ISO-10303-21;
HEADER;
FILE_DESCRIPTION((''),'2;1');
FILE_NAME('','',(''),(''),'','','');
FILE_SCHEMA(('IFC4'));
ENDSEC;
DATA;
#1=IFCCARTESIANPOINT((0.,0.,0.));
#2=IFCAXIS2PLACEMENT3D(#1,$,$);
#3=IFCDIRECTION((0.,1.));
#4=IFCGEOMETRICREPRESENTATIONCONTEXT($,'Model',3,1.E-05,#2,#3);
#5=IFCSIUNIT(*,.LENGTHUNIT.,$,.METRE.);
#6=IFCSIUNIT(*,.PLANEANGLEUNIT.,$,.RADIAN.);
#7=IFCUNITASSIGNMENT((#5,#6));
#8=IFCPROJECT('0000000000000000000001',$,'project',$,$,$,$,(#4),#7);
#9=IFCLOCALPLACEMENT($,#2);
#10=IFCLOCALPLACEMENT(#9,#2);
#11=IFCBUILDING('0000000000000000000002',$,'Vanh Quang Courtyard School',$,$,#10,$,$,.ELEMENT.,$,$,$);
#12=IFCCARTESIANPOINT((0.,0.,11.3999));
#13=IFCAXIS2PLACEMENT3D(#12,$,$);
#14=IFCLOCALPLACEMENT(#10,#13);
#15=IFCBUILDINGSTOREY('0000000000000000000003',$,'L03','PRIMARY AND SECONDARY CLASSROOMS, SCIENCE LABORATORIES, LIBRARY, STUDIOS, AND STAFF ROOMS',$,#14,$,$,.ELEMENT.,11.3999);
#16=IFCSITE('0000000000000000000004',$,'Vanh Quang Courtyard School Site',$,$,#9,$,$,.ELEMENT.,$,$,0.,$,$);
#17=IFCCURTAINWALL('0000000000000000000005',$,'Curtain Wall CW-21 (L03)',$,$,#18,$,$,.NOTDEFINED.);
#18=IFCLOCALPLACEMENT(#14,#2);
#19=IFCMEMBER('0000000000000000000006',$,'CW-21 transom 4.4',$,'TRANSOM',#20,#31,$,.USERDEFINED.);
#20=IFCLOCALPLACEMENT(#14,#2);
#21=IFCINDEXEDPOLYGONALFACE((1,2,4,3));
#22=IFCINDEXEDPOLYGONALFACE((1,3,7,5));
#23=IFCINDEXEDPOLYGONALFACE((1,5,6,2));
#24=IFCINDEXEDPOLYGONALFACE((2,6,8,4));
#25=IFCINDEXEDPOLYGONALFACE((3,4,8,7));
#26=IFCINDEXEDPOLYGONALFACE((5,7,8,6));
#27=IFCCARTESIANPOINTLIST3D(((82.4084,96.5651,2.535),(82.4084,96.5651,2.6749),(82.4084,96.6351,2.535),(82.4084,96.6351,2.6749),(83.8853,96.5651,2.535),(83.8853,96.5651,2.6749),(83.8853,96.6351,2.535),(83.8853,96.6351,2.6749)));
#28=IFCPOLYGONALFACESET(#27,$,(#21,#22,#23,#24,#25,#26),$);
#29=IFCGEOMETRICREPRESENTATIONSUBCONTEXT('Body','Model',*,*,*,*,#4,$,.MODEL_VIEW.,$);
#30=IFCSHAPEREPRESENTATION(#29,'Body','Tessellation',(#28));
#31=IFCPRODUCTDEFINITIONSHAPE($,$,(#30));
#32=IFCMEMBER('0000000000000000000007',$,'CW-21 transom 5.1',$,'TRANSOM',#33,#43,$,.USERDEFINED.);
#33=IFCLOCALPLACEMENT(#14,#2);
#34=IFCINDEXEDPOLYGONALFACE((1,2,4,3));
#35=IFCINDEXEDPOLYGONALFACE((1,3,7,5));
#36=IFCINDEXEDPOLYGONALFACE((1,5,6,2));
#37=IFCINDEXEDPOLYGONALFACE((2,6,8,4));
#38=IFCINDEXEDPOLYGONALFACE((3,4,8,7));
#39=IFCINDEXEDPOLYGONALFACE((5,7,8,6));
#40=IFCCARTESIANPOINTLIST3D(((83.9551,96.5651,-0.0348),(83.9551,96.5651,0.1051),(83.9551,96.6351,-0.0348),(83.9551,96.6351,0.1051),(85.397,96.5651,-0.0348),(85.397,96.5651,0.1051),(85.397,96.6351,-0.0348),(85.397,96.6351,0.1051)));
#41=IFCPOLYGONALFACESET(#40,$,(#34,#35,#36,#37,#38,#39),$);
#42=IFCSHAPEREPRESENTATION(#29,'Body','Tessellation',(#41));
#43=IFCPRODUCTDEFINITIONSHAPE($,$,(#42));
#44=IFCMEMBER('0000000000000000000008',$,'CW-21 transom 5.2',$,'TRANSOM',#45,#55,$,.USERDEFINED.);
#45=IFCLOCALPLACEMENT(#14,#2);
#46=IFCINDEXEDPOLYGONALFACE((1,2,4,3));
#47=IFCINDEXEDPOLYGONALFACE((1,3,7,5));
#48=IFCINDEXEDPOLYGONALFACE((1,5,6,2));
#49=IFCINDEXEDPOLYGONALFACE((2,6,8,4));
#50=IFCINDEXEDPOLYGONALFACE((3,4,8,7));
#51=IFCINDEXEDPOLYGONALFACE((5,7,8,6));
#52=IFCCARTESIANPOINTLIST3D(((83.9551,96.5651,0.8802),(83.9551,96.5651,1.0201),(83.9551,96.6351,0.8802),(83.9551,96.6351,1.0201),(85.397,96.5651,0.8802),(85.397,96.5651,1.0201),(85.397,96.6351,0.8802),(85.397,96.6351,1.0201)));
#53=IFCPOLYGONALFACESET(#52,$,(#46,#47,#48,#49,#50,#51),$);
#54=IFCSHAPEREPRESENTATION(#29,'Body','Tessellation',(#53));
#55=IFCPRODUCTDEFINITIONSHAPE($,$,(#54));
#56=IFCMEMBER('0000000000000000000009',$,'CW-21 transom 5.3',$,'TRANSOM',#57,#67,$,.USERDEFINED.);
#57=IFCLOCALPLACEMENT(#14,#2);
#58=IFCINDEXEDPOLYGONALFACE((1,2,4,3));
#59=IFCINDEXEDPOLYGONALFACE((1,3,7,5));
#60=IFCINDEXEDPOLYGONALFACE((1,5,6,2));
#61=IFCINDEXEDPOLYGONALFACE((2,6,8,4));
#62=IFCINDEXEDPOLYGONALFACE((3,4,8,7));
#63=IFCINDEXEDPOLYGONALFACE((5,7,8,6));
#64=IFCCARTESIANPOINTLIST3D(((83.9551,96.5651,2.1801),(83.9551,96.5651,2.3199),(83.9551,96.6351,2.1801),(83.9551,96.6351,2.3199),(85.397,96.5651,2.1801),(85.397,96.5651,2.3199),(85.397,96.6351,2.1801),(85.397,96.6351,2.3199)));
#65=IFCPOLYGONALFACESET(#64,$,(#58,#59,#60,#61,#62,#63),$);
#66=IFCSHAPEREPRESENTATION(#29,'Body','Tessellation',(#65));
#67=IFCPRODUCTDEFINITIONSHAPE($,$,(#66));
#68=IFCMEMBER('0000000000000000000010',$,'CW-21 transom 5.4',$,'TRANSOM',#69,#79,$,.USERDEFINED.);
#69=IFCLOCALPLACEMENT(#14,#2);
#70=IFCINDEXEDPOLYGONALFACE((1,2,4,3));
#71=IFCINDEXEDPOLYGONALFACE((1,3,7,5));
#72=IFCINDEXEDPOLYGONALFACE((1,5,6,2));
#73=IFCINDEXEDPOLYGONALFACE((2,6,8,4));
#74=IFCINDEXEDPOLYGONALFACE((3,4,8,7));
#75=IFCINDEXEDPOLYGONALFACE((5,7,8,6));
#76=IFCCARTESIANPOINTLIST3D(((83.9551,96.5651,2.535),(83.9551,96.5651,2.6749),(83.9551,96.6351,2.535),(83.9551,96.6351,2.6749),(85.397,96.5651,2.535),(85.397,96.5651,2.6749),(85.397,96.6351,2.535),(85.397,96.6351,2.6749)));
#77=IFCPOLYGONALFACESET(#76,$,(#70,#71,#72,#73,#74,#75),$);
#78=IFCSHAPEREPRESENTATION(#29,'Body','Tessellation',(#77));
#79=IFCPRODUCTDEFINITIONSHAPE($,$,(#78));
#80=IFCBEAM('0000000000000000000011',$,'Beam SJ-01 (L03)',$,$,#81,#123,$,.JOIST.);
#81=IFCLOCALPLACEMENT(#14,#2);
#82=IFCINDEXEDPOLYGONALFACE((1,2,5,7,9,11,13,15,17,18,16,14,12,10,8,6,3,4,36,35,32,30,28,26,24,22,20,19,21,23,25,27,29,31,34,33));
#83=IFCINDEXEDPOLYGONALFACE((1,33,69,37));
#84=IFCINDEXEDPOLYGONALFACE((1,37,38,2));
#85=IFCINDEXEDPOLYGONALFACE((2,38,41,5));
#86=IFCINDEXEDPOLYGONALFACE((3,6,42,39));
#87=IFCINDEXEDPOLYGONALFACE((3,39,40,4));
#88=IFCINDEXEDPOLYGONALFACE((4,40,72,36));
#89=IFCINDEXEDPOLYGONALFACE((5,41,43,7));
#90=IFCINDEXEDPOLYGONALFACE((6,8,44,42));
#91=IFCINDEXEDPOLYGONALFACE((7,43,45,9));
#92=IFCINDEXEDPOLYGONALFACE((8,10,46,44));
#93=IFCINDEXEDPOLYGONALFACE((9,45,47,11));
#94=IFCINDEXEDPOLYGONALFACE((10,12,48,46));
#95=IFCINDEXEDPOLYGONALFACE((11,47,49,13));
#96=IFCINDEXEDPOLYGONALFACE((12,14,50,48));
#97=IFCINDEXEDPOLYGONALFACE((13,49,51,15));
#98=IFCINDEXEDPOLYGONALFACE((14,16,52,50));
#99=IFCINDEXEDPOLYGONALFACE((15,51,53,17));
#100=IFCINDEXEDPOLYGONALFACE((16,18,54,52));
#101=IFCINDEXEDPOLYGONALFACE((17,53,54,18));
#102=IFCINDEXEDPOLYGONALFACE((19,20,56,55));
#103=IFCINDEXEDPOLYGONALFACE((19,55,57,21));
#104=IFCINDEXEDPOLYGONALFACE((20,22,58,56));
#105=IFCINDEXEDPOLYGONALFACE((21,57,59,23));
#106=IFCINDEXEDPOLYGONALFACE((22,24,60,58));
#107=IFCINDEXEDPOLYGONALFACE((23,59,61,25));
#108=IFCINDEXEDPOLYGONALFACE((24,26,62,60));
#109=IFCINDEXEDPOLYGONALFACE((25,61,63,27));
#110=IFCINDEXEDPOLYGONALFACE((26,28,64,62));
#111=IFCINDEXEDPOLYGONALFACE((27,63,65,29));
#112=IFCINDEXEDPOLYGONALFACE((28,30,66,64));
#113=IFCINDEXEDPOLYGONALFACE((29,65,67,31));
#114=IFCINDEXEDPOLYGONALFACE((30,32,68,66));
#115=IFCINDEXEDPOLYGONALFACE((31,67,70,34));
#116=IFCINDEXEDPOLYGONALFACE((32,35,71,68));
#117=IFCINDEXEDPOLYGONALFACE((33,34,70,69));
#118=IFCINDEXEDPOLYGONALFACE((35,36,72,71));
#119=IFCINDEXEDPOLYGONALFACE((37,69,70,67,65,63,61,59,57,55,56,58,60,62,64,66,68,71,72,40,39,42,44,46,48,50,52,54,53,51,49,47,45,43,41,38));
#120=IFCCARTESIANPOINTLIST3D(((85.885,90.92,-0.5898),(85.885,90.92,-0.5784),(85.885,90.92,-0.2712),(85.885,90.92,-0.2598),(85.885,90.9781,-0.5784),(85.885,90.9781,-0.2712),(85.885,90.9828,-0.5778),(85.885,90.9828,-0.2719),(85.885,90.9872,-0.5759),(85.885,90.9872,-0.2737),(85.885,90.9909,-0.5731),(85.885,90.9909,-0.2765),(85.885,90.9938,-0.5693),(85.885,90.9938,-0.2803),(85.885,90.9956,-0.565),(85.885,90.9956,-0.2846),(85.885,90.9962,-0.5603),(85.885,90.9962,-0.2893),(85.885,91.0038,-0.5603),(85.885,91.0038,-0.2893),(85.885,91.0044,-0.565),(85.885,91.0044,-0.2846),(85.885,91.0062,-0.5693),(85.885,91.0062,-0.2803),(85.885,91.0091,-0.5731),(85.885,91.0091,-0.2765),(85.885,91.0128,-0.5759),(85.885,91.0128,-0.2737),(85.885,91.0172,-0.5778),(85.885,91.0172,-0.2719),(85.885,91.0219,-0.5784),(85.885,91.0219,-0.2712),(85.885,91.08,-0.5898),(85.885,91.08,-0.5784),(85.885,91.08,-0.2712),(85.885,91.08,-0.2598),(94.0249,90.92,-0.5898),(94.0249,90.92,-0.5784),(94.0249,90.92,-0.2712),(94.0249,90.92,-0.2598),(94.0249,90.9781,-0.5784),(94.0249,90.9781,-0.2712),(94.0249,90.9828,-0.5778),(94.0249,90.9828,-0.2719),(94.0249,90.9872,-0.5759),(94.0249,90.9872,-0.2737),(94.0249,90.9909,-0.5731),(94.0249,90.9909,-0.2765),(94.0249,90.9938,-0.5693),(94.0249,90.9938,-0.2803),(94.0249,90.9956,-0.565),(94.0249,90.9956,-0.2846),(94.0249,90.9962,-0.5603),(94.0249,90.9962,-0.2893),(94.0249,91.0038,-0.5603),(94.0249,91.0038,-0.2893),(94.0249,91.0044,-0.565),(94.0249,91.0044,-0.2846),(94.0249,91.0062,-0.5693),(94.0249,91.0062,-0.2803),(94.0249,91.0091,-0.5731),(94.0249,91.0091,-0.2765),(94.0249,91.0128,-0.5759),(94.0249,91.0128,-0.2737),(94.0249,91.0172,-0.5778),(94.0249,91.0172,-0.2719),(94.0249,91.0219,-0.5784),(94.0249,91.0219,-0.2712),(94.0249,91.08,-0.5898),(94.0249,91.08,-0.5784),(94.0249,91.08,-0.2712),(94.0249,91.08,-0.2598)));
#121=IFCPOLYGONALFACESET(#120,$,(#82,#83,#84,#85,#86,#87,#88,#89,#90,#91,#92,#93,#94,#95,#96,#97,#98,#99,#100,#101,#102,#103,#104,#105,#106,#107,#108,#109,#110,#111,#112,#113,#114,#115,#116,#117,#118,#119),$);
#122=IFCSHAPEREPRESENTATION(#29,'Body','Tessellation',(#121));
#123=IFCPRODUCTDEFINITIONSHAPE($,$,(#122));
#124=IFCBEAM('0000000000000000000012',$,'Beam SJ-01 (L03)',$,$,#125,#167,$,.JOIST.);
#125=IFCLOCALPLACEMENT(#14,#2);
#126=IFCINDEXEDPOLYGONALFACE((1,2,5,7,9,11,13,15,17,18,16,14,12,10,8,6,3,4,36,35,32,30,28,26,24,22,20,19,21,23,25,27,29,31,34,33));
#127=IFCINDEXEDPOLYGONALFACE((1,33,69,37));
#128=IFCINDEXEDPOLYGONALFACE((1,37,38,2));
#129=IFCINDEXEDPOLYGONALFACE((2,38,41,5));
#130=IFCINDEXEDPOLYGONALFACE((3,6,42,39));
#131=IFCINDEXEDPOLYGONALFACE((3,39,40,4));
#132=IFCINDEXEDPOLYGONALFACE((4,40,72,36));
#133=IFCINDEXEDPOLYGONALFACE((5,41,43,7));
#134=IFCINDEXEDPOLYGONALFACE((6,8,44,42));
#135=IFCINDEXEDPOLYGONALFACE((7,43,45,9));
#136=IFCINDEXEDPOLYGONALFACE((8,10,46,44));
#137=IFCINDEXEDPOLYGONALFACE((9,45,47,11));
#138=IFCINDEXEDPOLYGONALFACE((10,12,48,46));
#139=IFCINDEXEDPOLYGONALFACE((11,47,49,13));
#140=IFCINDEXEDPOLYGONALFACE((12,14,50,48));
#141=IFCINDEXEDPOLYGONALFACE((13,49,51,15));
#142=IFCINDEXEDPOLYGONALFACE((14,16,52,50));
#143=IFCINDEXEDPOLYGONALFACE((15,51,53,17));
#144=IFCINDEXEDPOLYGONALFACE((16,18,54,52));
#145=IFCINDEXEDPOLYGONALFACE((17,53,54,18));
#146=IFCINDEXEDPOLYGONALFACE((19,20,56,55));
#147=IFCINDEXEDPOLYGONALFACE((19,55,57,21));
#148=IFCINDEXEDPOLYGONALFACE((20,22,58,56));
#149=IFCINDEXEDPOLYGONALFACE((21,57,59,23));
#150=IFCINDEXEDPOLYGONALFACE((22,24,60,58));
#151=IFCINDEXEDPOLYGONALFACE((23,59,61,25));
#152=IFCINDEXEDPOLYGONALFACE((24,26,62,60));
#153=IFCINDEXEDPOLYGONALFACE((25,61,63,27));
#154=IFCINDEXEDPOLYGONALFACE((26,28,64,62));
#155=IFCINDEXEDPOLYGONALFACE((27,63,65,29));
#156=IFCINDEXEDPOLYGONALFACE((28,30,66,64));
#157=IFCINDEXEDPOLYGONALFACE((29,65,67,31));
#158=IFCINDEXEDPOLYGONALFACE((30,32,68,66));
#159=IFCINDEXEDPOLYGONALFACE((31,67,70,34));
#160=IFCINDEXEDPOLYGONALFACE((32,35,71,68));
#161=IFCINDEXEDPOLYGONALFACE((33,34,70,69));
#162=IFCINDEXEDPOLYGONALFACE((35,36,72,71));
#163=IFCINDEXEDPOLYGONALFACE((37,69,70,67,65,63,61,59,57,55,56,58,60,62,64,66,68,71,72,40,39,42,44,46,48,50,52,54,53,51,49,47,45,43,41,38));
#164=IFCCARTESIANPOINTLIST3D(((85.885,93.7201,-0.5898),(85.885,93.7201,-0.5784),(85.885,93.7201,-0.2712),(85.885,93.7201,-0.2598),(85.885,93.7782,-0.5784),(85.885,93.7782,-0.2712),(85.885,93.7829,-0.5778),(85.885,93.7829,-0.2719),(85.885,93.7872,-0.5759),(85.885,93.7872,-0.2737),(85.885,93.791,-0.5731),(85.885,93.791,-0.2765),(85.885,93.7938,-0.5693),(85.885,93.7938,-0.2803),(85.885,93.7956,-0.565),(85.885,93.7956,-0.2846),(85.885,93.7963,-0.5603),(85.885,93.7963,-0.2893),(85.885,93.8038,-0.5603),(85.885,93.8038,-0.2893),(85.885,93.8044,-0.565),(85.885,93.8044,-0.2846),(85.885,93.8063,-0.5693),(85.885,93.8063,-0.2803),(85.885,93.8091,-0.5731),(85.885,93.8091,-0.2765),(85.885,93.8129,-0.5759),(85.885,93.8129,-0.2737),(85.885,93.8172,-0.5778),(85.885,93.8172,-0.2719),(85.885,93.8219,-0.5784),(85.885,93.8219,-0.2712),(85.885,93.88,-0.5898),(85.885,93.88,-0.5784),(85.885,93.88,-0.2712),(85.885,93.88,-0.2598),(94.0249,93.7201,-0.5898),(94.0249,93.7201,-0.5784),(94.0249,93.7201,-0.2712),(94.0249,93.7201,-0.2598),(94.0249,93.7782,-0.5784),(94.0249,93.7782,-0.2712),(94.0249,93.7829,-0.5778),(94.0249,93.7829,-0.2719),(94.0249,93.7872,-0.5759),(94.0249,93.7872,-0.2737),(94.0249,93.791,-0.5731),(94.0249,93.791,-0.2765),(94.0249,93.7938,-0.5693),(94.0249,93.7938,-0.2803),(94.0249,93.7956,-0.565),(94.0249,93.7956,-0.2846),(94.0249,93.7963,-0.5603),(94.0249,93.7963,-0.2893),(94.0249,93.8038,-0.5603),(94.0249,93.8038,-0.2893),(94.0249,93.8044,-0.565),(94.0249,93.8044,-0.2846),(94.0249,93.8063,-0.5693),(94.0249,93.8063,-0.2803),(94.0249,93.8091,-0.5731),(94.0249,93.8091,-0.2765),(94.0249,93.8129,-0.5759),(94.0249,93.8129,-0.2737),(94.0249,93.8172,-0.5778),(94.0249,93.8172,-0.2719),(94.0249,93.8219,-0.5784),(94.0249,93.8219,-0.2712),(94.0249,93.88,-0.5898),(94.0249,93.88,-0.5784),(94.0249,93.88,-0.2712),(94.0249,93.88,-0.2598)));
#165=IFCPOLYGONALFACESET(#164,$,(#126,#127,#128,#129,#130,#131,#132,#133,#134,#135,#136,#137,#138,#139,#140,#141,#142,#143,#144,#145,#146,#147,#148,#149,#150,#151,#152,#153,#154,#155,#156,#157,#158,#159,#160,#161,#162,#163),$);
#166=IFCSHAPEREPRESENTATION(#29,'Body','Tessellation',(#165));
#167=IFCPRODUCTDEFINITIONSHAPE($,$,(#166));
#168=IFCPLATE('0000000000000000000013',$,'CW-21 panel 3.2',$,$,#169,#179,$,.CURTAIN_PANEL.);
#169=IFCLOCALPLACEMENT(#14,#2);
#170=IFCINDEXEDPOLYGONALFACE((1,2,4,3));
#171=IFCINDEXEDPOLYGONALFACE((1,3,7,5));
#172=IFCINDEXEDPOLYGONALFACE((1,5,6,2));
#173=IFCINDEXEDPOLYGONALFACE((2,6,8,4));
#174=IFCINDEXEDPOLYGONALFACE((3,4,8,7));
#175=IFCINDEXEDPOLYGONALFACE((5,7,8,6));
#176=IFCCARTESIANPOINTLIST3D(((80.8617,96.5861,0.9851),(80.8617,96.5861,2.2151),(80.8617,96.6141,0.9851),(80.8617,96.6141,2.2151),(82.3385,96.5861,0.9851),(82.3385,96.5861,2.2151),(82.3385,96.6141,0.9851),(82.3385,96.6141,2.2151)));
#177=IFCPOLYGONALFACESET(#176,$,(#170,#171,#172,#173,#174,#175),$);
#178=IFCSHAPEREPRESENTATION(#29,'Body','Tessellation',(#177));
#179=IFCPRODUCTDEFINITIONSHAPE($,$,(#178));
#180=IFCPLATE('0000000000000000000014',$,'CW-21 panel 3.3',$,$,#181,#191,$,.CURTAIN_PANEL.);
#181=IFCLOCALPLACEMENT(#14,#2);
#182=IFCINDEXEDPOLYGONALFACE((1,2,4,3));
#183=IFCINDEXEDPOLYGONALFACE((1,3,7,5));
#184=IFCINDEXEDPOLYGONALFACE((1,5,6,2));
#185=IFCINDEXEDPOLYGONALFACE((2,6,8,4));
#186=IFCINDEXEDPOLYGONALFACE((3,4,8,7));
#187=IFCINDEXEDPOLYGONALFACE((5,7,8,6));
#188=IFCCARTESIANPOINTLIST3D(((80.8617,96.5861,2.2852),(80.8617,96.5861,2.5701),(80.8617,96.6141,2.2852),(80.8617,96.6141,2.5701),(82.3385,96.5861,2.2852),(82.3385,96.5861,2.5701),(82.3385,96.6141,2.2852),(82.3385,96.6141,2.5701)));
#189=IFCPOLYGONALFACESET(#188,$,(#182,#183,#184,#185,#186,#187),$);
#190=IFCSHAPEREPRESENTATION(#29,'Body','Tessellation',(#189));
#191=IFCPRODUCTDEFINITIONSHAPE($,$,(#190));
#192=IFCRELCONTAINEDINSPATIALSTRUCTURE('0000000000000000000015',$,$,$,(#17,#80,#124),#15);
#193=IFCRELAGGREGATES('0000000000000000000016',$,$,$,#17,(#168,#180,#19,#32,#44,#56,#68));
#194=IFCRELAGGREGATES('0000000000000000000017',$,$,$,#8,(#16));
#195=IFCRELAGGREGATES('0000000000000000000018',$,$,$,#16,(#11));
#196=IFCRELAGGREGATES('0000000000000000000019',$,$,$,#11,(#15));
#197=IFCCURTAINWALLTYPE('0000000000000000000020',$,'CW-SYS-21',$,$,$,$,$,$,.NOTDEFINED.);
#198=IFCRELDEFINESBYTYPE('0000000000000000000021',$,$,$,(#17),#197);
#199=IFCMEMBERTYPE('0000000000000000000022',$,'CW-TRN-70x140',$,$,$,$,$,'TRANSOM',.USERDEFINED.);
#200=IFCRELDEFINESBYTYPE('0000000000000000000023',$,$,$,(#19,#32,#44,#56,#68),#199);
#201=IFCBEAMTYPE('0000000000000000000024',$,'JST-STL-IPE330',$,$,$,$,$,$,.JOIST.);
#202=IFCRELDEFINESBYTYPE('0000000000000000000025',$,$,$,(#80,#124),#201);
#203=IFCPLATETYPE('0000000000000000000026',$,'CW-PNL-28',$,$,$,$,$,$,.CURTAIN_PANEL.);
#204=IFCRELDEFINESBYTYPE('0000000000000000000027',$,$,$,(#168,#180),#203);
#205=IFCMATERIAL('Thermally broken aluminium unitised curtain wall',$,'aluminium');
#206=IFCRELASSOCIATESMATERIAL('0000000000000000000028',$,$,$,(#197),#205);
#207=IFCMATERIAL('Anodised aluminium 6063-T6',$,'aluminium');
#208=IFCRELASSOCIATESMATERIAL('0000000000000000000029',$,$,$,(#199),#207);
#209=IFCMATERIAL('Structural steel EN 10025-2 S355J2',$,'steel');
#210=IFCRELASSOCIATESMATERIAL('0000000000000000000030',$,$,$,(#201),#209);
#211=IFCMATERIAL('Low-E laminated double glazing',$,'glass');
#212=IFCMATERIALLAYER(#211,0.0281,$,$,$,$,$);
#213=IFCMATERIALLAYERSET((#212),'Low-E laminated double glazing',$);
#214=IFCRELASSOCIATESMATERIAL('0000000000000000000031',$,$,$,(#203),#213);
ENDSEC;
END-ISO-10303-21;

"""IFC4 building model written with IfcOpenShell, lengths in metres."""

from ifc_helpers import new_model, si_unit, direction, frame, origin, origin_2d, place, context, subcontext, project, spatial, rectangle, i_section, extrude, material, layer, layer_set, material_profile, profile_set, type_object, element, aggregate, save


model = new_model("IFC4")

# Units and contexts
model_context = context("Model", 3, precision=1e-05, world=origin(), true_north=direction((0.0, 1.0)))
body_context = subcontext(model_context, "Body", "Model", "MODEL_VIEW")
ifc_project = project(units=[si_unit("LENGTHUNIT", "METRE"), si_unit("PLANEANGLEUNIT", "RADIAN")], contexts=[model_context])

# Site, building, storey
site_placement = place(None, origin())
site = spatial("IfcSite", under=ifc_project, at=site_placement, Name="Vanh Quang Courtyard School Site", CompositionType="ELEMENT", RefElevation=0.0)
building_placement = place(site_placement, origin())
building = spatial("IfcBuilding", under=site, at=building_placement, Name="Vanh Quang Courtyard School", CompositionType="ELEMENT")
storey_placement = place(building_placement, frame((0.0, 0.0, 11.3999)))
storey = spatial("IfcBuildingStorey", under=building, at=storey_placement, Name="L03", Description="PRIMARY AND SECONDARY CLASSROOMS, SCIENCE LABORATORIES, LIBRARY, STUDIOS, AND STAFF ROOMS", CompositionType="ELEMENT", Elevation=11.3999)

# Shared definitions
ifc_material_1 = material(Name="Structural steel EN 10025-2 S355J2", Category="steel")

# Curtain wall, members
ifc_material_2 = material(Name="Thermally broken aluminium unitised curtain wall", Category="aluminium")
curtain_wall_type = type_object("IfcCurtainWallType", Name="CW-SYS-21", PredefinedType="NOTDEFINED", material=ifc_material_2)
curtain_wall_placement = place(storey_placement, origin())
curtain_wall = element("IfcCurtainWall", 1, at=curtain_wall_placement, inside=storey, type_object=curtain_wall_type, Name="Curtain Wall CW-21 (L03)", PredefinedType="NOTDEFINED")
ifc_material_3 = material(Name="Anodised aluminium 6063-T6", Category="aluminium")
ifc_material_profile_1 = material_profile(ifc_material_3, rectangle(XDim=0.0701, YDim=0.1399, at=origin_2d()), Name="ALU-TRN 70x140")
ifc_profile_set_1 = profile_set([ifc_material_profile_1], Name="Anodised aluminium 6063-T6")
member_type_1 = type_object("IfcMemberType", Name="CW-TRN-70x140", ElementType="TRANSOM", PredefinedType="USERDEFINED", material=ifc_profile_set_1)
member_1_placement = place(storey_placement, frame((82.4084, 96.6001, 2.605), z_axis=(1.0, 0.0, 0.0), x_axis=(0.0, 1.0, 0.0)))
member_1 = element("IfcMember", 2, at=member_1_placement, type_object=member_type_1, Name="CW-21 transom 4.4", ObjectType="TRANSOM", PredefinedType="USERDEFINED", context=body_context, shape_type="SweptSolid", body=[
    extrude(rectangle(XDim=0.0701, YDim=0.1399, at=origin_2d()), origin(), (0.0, 0.0, 1.0), 1.4768),
])
member_2_placement = place(storey_placement, frame((83.9551, 96.6001, 0.0352), z_axis=(1.0, 0.0, 0.0), x_axis=(0.0, 1.0, 0.0)))
member_2 = element("IfcMember", 3, at=member_2_placement, type_object=member_type_1, Name="CW-21 transom 5.1", ObjectType="TRANSOM", PredefinedType="USERDEFINED", context=body_context, shape_type="SweptSolid", body=[
    extrude(rectangle(XDim=0.0701, YDim=0.1399, at=origin_2d()), origin(), (0.0, 0.0, 1.0), 1.4419),
])
member_3_placement = place(storey_placement, frame((83.9551, 96.6001, 0.9502), z_axis=(1.0, 0.0, 0.0), x_axis=(0.0, 1.0, 0.0)))
member_3 = element("IfcMember", 4, at=member_3_placement, type_object=member_type_1, Name="CW-21 transom 5.2", ObjectType="TRANSOM", PredefinedType="USERDEFINED", context=body_context, shape_type="SweptSolid", body=[
    extrude(rectangle(XDim=0.0701, YDim=0.1399, at=origin_2d()), origin(), (0.0, 0.0, 1.0), 1.4419),
])
member_4_placement = place(storey_placement, frame((83.9551, 96.6001, 2.25), z_axis=(1.0, 0.0, 0.0), x_axis=(0.0, 1.0, 0.0)))
member_4 = element("IfcMember", 5, at=member_4_placement, type_object=member_type_1, Name="CW-21 transom 5.3", ObjectType="TRANSOM", PredefinedType="USERDEFINED", context=body_context, shape_type="SweptSolid", body=[
    extrude(rectangle(XDim=0.0701, YDim=0.1399, at=origin_2d()), origin(), (0.0, 0.0, 1.0), 1.4419),
])
member_5_placement = place(storey_placement, frame((83.9551, 96.6001, 2.605), z_axis=(1.0, 0.0, 0.0), x_axis=(0.0, 1.0, 0.0)))
member_5 = element("IfcMember", 6, at=member_5_placement, type_object=member_type_1, Name="CW-21 transom 5.4", ObjectType="TRANSOM", PredefinedType="USERDEFINED", context=body_context, shape_type="SweptSolid", body=[
    extrude(rectangle(XDim=0.0701, YDim=0.1399, at=origin_2d()), origin(), (0.0, 0.0, 1.0), 1.4419),
])

# Beams
ifc_material_profile_2 = material_profile(ifc_material_1, i_section(OverallWidth=0.1599, OverallDepth=0.3301, WebThickness=0.0076, FlangeThickness=0.0115, FilletRadius=0.0181, at=origin_2d()), Name="IPE 330")
ifc_profile_set_2 = profile_set([ifc_material_profile_2], Name="Structural steel EN 10025-2 S355J2")
beam_type_1 = type_object("IfcBeamType", Name="JST-STL-IPE330", PredefinedType="JOIST", material=ifc_profile_set_2)
for number, where, z_axis, x_axis, name in (
    (7, (85.885, 91.0, -0.4248), (1.0, 0.0, 0.0), (0.0, 1.0, 0.0), "Beam SJ-01 (L03)"),
    (8, (85.885, 93.8, -0.4248), (1.0, 0.0, 0.0), (0.0, 1.0, 0.0), "Beam SJ-01 (L03)"),
):
    element("IfcBeam", number, at=place(storey_placement, frame(where, z_axis=z_axis, x_axis=x_axis)), inside=storey, type_object=beam_type_1, Name=name, PredefinedType="JOIST", context=body_context, shape_type="SweptSolid", body=[
        extrude(i_section(OverallWidth=0.1599, OverallDepth=0.3301, WebThickness=0.0076, FlangeThickness=0.0115, FilletRadius=0.0181, at=origin_2d()), origin(), (0.0, 0.0, 1.0), 8.1399),
    ])

# Plates
ifc_material_4 = material(Name="Low-E laminated double glazing", Category="glass")
ifc_layer_1 = layer(ifc_material_4, 0.0281)
ifc_layer_set_1 = layer_set([ifc_layer_1], Name="Low-E laminated double glazing")
plate_type = type_object("IfcPlateType", Name="CW-PNL-28", PredefinedType="CURTAIN_PANEL", material=ifc_layer_set_1)
plate_1_placement = place(storey_placement, frame((81.6001, 96.6001, 0.9851), z_axis=(0.0, 0.0, 1.0), x_axis=(1.0, 0.0, 0.0)))
plate_1 = element("IfcPlate", 9, at=plate_1_placement, type_object=plate_type, Name="CW-21 panel 3.2", PredefinedType="CURTAIN_PANEL", context=body_context, shape_type="SweptSolid", body=[
    extrude(rectangle(XDim=1.4768, YDim=0.0281, at=origin_2d()), origin(), (0.0, 0.0, 1.0), 1.23),
])
plate_2_placement = place(storey_placement, frame((81.6001, 96.6001, 2.2852), z_axis=(0.0, 0.0, 1.0), x_axis=(1.0, 0.0, 0.0)))
plate_2 = element("IfcPlate", 10, at=plate_2_placement, type_object=plate_type, Name="CW-21 panel 3.3", PredefinedType="CURTAIN_PANEL", context=body_context, shape_type="SweptSolid", body=[
    extrude(rectangle(XDim=1.4768, YDim=0.0281, at=origin_2d()), origin(), (0.0, 0.0, 1.0), 0.2849),
])
aggregate(curtain_wall, [plate_1, plate_2, member_1, member_2, member_3, member_4, member_5])

save(model, "model.ifc")
